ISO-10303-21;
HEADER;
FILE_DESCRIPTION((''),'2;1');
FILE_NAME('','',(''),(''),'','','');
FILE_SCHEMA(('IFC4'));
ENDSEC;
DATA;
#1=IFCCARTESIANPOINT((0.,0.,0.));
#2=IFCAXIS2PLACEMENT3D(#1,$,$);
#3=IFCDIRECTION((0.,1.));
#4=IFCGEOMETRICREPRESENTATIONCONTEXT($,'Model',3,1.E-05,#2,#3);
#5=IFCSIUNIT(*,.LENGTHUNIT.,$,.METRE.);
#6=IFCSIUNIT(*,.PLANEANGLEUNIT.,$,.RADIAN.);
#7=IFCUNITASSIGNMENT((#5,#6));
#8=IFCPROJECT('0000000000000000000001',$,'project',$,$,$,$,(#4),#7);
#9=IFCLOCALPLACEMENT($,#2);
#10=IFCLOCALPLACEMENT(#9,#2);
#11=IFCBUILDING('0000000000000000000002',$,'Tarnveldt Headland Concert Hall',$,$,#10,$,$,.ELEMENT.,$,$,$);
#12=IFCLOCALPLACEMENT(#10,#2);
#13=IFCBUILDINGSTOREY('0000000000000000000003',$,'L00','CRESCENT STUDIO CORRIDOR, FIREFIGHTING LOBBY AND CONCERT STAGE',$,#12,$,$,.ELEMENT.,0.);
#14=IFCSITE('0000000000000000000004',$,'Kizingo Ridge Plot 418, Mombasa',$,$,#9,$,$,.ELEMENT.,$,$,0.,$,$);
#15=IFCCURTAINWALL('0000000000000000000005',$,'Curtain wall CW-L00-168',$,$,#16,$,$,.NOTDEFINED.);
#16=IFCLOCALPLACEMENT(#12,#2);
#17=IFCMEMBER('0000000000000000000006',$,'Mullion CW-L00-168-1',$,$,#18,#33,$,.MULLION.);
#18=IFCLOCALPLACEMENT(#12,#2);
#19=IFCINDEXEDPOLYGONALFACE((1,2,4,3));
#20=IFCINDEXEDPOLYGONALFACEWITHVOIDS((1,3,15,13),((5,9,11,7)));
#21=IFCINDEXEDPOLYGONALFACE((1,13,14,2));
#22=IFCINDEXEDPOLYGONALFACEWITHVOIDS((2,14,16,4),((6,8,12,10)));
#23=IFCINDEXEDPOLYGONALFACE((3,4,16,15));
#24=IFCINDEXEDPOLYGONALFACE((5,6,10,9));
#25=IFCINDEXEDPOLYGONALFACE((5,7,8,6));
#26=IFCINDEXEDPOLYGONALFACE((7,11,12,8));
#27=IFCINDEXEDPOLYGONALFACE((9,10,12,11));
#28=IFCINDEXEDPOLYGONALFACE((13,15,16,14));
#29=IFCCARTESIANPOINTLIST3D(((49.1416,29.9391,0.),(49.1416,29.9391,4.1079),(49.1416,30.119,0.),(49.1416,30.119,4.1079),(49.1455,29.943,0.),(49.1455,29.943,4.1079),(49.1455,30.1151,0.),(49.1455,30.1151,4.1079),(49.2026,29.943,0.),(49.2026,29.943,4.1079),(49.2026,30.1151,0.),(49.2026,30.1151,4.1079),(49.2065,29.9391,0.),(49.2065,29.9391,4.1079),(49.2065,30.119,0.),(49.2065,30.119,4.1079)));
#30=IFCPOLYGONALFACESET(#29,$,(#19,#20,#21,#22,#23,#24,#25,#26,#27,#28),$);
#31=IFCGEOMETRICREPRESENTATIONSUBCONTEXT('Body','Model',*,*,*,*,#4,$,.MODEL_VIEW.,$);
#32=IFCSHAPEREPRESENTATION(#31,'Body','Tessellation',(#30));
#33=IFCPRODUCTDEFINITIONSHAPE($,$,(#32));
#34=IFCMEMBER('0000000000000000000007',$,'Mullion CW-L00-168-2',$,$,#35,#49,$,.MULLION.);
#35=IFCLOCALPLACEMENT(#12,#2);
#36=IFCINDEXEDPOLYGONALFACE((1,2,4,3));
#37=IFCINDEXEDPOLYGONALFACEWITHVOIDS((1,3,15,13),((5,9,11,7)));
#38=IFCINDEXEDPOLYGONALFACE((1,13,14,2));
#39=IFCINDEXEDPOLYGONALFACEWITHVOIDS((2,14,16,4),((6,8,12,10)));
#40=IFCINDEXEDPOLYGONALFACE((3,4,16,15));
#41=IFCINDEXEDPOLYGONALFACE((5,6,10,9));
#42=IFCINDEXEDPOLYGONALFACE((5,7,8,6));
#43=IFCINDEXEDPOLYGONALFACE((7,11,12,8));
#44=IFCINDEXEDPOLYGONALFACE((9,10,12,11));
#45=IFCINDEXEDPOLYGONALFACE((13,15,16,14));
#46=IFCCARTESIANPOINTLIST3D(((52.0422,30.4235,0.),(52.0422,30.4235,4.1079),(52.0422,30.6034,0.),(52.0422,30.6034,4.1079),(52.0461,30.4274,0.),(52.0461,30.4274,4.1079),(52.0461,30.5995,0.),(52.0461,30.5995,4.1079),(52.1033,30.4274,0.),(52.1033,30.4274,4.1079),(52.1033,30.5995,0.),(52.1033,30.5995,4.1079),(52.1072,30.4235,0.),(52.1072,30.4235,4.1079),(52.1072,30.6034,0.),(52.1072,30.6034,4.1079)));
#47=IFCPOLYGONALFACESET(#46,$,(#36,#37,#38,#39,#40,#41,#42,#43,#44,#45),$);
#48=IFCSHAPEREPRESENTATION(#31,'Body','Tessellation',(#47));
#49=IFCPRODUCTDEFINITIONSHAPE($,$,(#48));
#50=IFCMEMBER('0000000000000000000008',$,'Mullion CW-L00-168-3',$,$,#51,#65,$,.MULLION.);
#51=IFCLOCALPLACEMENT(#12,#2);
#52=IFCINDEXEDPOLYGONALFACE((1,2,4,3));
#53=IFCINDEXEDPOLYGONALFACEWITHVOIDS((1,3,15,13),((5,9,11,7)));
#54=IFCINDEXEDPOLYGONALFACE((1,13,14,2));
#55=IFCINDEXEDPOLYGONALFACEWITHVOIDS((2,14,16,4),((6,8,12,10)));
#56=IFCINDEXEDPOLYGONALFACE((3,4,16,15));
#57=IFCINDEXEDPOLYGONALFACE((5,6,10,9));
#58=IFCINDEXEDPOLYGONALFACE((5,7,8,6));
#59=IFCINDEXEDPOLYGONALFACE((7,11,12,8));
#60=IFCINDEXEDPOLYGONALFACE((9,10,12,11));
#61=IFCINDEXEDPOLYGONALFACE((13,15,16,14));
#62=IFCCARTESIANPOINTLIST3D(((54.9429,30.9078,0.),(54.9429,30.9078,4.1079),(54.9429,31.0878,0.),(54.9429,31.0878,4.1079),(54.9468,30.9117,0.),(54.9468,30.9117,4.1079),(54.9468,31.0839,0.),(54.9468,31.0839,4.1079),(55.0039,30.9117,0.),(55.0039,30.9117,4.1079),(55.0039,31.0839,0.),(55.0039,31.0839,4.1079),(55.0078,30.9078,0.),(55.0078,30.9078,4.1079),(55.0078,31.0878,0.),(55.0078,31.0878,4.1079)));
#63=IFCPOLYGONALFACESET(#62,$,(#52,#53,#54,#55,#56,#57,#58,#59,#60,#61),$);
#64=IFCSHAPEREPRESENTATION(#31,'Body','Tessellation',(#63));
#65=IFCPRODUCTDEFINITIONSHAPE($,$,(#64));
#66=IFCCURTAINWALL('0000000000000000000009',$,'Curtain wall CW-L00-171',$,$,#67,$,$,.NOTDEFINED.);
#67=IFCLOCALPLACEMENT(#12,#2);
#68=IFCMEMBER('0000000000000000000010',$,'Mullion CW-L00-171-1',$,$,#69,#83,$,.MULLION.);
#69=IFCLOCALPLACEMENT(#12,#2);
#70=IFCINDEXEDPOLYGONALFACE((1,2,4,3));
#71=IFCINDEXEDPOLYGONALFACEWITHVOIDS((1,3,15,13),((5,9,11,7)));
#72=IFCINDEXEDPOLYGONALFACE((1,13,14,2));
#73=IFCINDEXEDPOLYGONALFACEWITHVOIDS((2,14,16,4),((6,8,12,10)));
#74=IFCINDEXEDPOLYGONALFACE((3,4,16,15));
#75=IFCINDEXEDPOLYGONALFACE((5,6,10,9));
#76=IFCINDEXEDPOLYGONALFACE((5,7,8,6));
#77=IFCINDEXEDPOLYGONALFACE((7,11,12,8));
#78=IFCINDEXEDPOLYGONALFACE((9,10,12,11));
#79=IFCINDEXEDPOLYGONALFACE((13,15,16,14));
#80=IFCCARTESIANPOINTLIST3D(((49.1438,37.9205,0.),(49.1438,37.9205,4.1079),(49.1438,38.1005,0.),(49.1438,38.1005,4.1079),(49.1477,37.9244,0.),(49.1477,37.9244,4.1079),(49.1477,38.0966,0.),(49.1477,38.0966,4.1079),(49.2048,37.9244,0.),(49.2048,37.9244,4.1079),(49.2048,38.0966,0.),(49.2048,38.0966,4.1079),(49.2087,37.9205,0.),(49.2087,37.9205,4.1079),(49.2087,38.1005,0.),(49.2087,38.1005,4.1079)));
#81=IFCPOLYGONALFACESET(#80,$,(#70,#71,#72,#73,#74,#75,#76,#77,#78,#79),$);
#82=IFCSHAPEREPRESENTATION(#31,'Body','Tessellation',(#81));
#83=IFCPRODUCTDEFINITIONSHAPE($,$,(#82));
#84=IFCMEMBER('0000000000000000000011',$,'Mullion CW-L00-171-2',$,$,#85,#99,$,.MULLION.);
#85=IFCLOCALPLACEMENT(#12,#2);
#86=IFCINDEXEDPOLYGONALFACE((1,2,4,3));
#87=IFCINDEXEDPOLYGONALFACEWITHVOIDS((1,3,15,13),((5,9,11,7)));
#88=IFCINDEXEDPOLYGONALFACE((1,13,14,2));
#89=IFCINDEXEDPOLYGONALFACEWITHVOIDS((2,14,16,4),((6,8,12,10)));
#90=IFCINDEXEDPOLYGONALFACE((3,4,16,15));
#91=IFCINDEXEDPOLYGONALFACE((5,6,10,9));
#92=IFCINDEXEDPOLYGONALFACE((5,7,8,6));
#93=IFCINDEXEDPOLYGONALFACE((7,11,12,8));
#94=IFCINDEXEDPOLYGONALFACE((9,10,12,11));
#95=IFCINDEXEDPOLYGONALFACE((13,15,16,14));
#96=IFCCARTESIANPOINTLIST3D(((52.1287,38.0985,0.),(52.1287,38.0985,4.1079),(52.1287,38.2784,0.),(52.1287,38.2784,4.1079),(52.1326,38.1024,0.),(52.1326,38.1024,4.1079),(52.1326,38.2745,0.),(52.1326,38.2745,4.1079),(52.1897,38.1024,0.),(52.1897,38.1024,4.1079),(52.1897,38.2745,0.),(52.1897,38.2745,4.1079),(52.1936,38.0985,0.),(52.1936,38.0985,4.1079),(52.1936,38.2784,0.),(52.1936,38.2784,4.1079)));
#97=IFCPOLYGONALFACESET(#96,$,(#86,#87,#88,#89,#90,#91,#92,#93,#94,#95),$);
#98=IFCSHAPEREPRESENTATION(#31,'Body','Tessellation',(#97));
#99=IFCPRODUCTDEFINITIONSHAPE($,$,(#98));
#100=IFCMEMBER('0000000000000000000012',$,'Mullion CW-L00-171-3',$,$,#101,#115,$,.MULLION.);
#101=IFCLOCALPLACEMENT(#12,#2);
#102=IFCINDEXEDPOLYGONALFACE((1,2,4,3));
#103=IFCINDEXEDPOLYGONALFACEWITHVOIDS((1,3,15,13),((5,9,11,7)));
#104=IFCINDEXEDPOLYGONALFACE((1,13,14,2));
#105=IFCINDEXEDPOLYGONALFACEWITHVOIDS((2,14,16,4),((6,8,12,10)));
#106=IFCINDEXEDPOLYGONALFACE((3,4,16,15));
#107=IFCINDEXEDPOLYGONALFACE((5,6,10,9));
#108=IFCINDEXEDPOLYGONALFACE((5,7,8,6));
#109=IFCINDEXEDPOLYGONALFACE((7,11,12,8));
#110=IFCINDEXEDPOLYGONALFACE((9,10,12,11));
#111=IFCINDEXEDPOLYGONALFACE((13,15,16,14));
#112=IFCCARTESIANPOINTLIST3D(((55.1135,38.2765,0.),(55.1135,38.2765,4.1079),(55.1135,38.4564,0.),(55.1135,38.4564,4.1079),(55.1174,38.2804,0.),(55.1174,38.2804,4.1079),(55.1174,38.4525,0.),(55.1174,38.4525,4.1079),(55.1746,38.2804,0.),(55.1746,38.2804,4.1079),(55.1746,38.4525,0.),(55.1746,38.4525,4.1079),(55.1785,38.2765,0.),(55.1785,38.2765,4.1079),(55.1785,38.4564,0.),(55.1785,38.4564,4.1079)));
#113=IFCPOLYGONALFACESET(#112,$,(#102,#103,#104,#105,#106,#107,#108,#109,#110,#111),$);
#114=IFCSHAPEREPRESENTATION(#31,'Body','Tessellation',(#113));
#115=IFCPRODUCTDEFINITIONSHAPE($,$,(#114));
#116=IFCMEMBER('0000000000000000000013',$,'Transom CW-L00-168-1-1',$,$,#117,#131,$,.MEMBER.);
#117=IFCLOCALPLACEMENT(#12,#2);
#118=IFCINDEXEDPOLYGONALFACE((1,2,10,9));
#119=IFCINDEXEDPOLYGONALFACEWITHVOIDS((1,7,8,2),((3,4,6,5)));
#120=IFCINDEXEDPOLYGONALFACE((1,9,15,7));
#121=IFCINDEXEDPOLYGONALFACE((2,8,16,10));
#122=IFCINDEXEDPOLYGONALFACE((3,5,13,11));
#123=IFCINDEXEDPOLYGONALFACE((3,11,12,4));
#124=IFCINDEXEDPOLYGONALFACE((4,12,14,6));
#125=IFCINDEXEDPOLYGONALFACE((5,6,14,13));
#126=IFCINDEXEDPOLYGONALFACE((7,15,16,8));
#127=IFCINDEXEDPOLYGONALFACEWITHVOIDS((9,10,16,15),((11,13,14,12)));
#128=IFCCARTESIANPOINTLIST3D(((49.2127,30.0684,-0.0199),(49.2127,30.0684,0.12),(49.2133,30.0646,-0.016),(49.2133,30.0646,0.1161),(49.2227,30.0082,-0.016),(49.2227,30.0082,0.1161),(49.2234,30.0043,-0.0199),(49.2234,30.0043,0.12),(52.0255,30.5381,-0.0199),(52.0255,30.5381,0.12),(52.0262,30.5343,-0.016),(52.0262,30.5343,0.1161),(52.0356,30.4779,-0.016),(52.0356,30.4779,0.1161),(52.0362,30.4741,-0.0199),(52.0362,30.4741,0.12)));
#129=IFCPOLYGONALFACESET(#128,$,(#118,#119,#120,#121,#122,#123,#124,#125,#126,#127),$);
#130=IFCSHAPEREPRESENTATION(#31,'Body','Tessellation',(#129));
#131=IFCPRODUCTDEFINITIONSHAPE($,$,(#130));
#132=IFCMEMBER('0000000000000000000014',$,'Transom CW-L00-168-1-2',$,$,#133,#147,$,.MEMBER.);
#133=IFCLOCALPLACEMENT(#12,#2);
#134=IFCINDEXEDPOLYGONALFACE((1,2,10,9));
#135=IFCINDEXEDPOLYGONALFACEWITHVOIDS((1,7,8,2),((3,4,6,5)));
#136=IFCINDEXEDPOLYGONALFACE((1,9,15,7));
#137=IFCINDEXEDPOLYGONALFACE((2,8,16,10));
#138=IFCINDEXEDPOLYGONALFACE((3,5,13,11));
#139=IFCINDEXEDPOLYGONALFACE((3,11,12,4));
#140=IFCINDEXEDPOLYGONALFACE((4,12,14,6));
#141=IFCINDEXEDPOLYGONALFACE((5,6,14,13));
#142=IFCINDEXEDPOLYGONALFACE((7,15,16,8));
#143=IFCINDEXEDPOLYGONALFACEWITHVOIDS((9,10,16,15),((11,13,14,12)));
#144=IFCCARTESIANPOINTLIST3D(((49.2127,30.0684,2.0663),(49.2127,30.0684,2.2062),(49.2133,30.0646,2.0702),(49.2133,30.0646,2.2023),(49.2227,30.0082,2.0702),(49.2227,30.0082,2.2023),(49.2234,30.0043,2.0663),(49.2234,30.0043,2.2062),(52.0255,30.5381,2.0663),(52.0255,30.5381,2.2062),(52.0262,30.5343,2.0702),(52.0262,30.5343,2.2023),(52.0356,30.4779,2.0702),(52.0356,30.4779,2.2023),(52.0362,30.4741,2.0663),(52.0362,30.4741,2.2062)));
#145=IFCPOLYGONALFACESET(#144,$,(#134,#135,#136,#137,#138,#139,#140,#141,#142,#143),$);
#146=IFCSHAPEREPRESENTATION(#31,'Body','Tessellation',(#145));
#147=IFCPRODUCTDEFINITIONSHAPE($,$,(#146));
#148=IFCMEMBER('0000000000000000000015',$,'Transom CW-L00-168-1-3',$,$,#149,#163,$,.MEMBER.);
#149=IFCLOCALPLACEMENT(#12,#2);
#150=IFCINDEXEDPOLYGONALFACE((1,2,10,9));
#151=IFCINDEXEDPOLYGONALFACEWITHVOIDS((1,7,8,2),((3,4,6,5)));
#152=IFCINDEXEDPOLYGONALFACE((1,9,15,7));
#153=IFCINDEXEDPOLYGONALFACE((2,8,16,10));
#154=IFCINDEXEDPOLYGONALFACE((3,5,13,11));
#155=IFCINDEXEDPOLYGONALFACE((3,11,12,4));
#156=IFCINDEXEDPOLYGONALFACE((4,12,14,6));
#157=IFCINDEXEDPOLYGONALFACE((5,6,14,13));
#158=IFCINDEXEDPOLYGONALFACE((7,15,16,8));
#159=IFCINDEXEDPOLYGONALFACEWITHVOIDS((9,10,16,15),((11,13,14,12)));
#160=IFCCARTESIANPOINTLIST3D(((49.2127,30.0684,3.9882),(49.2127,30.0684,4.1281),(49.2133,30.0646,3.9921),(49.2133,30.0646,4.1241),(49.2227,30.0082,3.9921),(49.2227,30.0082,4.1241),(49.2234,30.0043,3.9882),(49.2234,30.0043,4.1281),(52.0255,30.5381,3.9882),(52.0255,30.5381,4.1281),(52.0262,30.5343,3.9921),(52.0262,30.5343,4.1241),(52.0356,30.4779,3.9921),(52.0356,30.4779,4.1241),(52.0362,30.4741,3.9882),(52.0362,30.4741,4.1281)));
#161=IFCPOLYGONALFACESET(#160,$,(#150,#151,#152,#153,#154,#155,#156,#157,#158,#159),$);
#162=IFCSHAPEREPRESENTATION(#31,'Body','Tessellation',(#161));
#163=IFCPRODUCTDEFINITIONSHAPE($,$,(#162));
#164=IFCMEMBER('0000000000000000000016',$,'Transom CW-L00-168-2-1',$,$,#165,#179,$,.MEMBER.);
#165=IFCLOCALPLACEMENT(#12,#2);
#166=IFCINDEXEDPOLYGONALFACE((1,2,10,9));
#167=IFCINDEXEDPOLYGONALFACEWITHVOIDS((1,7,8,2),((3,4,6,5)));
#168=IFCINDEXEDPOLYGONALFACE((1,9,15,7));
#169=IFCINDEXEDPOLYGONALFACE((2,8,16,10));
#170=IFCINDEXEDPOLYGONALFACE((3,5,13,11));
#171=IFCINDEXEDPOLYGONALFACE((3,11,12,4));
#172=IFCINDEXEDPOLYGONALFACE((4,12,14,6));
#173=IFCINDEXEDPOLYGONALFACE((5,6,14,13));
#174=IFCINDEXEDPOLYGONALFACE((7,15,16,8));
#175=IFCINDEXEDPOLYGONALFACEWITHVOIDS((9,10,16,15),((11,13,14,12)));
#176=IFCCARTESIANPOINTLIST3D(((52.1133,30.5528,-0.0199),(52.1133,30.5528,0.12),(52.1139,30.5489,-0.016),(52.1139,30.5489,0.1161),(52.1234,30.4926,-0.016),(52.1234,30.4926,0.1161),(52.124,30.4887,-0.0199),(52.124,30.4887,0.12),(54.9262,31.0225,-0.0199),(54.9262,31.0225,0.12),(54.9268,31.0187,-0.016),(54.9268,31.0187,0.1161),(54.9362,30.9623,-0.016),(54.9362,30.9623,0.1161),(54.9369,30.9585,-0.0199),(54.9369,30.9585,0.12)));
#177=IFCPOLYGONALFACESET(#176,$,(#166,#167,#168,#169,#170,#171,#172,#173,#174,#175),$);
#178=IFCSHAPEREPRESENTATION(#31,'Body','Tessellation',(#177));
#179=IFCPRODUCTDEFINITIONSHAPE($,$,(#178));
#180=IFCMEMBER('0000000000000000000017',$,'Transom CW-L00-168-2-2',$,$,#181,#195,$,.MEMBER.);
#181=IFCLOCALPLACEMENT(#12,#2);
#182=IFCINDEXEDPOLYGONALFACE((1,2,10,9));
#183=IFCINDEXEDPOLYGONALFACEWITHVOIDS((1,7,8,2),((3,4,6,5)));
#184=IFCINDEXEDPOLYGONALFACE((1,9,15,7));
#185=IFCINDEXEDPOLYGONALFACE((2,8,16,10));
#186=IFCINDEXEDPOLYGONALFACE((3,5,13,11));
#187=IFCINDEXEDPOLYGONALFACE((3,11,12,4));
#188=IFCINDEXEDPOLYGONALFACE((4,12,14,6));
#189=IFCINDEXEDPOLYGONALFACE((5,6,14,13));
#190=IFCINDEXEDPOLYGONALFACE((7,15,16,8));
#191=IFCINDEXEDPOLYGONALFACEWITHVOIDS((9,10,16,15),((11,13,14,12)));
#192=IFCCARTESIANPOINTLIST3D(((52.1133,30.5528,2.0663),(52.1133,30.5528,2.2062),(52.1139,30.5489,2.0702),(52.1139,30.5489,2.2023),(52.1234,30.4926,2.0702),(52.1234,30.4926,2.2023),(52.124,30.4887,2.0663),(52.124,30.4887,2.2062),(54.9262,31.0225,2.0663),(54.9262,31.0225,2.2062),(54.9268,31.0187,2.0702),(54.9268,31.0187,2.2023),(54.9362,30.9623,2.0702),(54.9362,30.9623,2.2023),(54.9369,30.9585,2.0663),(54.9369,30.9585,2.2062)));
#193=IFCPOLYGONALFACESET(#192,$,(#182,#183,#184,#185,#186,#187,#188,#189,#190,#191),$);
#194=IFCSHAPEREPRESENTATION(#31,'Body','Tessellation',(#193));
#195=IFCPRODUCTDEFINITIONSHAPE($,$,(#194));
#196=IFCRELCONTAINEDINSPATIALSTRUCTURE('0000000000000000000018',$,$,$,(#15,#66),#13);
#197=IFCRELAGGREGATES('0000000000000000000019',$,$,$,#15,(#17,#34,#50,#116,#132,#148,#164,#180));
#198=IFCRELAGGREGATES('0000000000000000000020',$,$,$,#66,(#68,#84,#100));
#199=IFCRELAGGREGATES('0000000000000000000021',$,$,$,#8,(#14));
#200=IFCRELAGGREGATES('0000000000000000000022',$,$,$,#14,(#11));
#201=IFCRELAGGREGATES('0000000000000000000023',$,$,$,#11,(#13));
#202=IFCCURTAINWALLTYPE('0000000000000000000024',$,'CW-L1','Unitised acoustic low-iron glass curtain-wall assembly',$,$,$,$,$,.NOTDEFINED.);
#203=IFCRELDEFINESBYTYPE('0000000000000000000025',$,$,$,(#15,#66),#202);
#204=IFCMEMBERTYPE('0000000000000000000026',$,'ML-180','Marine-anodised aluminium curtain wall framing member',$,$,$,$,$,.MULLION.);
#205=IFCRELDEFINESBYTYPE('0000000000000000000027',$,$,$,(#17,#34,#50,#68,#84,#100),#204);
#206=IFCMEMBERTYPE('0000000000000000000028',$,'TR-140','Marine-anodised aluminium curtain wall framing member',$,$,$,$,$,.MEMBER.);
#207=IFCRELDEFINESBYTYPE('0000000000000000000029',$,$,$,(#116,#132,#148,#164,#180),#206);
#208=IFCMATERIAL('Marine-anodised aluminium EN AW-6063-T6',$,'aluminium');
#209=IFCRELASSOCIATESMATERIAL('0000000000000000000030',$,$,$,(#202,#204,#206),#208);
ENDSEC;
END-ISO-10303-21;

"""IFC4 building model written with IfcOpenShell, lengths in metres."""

from ifc_helpers import new_model, si_unit, direction, frame, origin, origin_2d, place, context, subcontext, project, spatial, hollow_rectangle, extrude, material, material_profile, profile_set, type_object, element, aggregate, save


model = new_model("IFC4")

# Units and contexts
model_context = context("Model", 3, precision=1e-05, world=origin(), true_north=direction((0.0, 1.0)))
body_context = subcontext(model_context, "Body", "Model", "MODEL_VIEW")
ifc_project = project(units=[si_unit("LENGTHUNIT", "METRE"), si_unit("PLANEANGLEUNIT", "RADIAN")], contexts=[model_context])

# Site, building, storey
site_placement = place(None, origin())
site = spatial("IfcSite", under=ifc_project, at=site_placement, Name="Kizingo Ridge Plot 418, Mombasa", CompositionType="ELEMENT", RefElevation=0.0)
building_placement = place(site_placement, origin())
building = spatial("IfcBuilding", under=site, at=building_placement, Name="Tarnveldt Headland Concert Hall", CompositionType="ELEMENT")
storey_placement = place(building_placement, origin())
storey = spatial("IfcBuildingStorey", under=building, at=storey_placement, Name="L00", Description="CRESCENT STUDIO CORRIDOR, FIREFIGHTING LOBBY AND CONCERT STAGE", CompositionType="ELEMENT", Elevation=0.0)

# Curtain walls, members
ifc_material_1 = material(Name="Marine-anodised aluminium EN AW-6063-T6", Category="aluminium")
curtain_wall_type = type_object("IfcCurtainWallType", Name="CW-L1", Description="Unitised acoustic low-iron glass curtain-wall assembly", PredefinedType="NOTDEFINED", material=ifc_material_1)
curtain_wall_1_placement = place(storey_placement, origin())
curtain_wall_1 = element("IfcCurtainWall", 1, at=curtain_wall_1_placement, inside=storey, type_object=curtain_wall_type, Name="Curtain wall CW-L00-168", PredefinedType="NOTDEFINED")
ifc_material_profile_1 = material_profile(ifc_material_1, hollow_rectangle(XDim=0.0649, YDim=0.1799, WallThickness=0.0039, at=origin_2d()), Name="ALU MULLION 65x180x4", Category="aluminium")
ifc_profile_set_1 = profile_set([ifc_material_profile_1], Name="Marine-anodised aluminium EN AW-6063-T6")
member_type_1 = type_object("IfcMemberType", Name="ML-180", Description="Marine-anodised aluminium curtain wall framing member", PredefinedType="MULLION", material=ifc_profile_set_1)
member_1_placement = place(storey_placement, frame((49.1741, 30.0291, 0.0), z_axis=(0.0, 0.0, 1.0), x_axis=(1.0, 0.0, 0.0)))
member_1 = element("IfcMember", 2, at=member_1_placement, type_object=member_type_1, Name="Mullion CW-L00-168-1", PredefinedType="MULLION", context=body_context, shape_type="SweptSolid", body=[
    extrude(hollow_rectangle(XDim=0.0649, YDim=0.1799, WallThickness=0.0039, at=origin_2d()), origin(), (0.0, 0.0, 1.0), 4.1079),
])
member_2_placement = place(storey_placement, frame((52.0747, 30.5134, 0.0), z_axis=(0.0, 0.0, 1.0), x_axis=(1.0, 0.0, 0.0)))
member_2 = element("IfcMember", 3, at=member_2_placement, type_object=member_type_1, Name="Mullion CW-L00-168-2", PredefinedType="MULLION", context=body_context, shape_type="SweptSolid", body=[
    extrude(hollow_rectangle(XDim=0.0649, YDim=0.1799, WallThickness=0.0039, at=origin_2d()), origin(), (0.0, 0.0, 1.0), 4.1079),
])
member_3_placement = place(storey_placement, frame((54.9753, 30.9978, 0.0), z_axis=(0.0, 0.0, 1.0), x_axis=(1.0, 0.0, 0.0)))
member_3 = element("IfcMember", 4, at=member_3_placement, type_object=member_type_1, Name="Mullion CW-L00-168-3", PredefinedType="MULLION", context=body_context, shape_type="SweptSolid", body=[
    extrude(hollow_rectangle(XDim=0.0649, YDim=0.1799, WallThickness=0.0039, at=origin_2d()), origin(), (0.0, 0.0, 1.0), 4.1079),
])
curtain_wall_2_placement = place(storey_placement, origin())
curtain_wall_2 = element("IfcCurtainWall", 5, at=curtain_wall_2_placement, inside=storey, type_object=curtain_wall_type, Name="Curtain wall CW-L00-171", PredefinedType="NOTDEFINED")
member_4_placement = place(storey_placement, frame((49.1763, 38.0105, 0.0), z_axis=(0.0, 0.0, 1.0), x_axis=(1.0, 0.0, 0.0)))
member_4 = element("IfcMember", 6, at=member_4_placement, type_object=member_type_1, Name="Mullion CW-L00-171-1", PredefinedType="MULLION", context=body_context, shape_type="SweptSolid", body=[
    extrude(hollow_rectangle(XDim=0.0649, YDim=0.1799, WallThickness=0.0039, at=origin_2d()), origin(), (0.0, 0.0, 1.0), 4.1079),
])
member_5_placement = place(storey_placement, frame((52.1611, 38.1885, 0.0), z_axis=(0.0, 0.0, 1.0), x_axis=(1.0, 0.0, 0.0)))
member_5 = element("IfcMember", 7, at=member_5_placement, type_object=member_type_1, Name="Mullion CW-L00-171-2", PredefinedType="MULLION", context=body_context, shape_type="SweptSolid", body=[
    extrude(hollow_rectangle(XDim=0.0649, YDim=0.1799, WallThickness=0.0039, at=origin_2d()), origin(), (0.0, 0.0, 1.0), 4.1079),
])
member_6_placement = place(storey_placement, frame((55.146, 38.3665, 0.0), z_axis=(0.0, 0.0, 1.0), x_axis=(1.0, 0.0, 0.0)))
member_6 = element("IfcMember", 8, at=member_6_placement, type_object=member_type_1, Name="Mullion CW-L00-171-3", PredefinedType="MULLION", context=body_context, shape_type="SweptSolid", body=[
    extrude(hollow_rectangle(XDim=0.0649, YDim=0.1799, WallThickness=0.0039, at=origin_2d()), origin(), (0.0, 0.0, 1.0), 4.1079),
])

# Members
ifc_material_profile_2 = material_profile(ifc_material_1, hollow_rectangle(XDim=0.0649, YDim=0.1399, WallThickness=0.0039, at=origin_2d()), Name="ALU TRANSOM 65x140x4", Category="aluminium")
ifc_profile_set_2 = profile_set([ifc_material_profile_2], Name="Marine-anodised aluminium EN AW-6063-T6")
member_type_2 = type_object("IfcMemberType", Name="TR-140", Description="Marine-anodised aluminium curtain wall framing member", PredefinedType="MEMBER", material=ifc_profile_set_2)
member_7_placement = place(storey_placement, frame((49.218, 30.0364, 0.05), z_axis=(0.986341, 0.164718, 0.0), x_axis=(-0.164718, 0.986341, 0.0)))
member_7 = element("IfcMember", 9, at=member_7_placement, type_object=member_type_2, Name="Transom CW-L00-168-1-1", PredefinedType="MEMBER", context=body_context, shape_type="SweptSolid", body=[
    extrude(hollow_rectangle(XDim=0.0649, YDim=0.1399, WallThickness=0.0039, at=origin_2d()), origin(), (0.0, 0.0, 1.0), 2.8518),
])
member_8_placement = place(storey_placement, frame((49.218, 30.0364, 2.1362), z_axis=(0.986341, 0.164718, 0.0), x_axis=(-0.164718, 0.986341, 0.0)))
member_8 = element("IfcMember", 10, at=member_8_placement, type_object=member_type_2, Name="Transom CW-L00-168-1-2", PredefinedType="MEMBER", context=body_context, shape_type="SweptSolid", body=[
    extrude(hollow_rectangle(XDim=0.0649, YDim=0.1399, WallThickness=0.0039, at=origin_2d()), origin(), (0.0, 0.0, 1.0), 2.8518),
])
member_9_placement = place(storey_placement, frame((49.218, 30.0364, 4.0581), z_axis=(0.986341, 0.164718, 0.0), x_axis=(-0.164718, 0.986341, 0.0)))
member_9 = element("IfcMember", 11, at=member_9_placement, type_object=member_type_2, Name="Transom CW-L00-168-1-3", PredefinedType="MEMBER", context=body_context, shape_type="SweptSolid", body=[
    extrude(hollow_rectangle(XDim=0.0649, YDim=0.1399, WallThickness=0.0039, at=origin_2d()), origin(), (0.0, 0.0, 1.0), 2.8518),
])
member_10_placement = place(storey_placement, frame((52.1187, 30.5208, 0.05), z_axis=(0.986341, 0.164718, 0.0), x_axis=(-0.164718, 0.986341, 0.0)))
member_10 = element("IfcMember", 12, at=member_10_placement, type_object=member_type_2, Name="Transom CW-L00-168-2-1", PredefinedType="MEMBER", context=body_context, shape_type="SweptSolid", body=[
    extrude(hollow_rectangle(XDim=0.0649, YDim=0.1399, WallThickness=0.0039, at=origin_2d()), origin(), (0.0, 0.0, 1.0), 2.8518),
])
member_11_placement = place(storey_placement, frame((52.1187, 30.5208, 2.1362), z_axis=(0.986341, 0.164718, 0.0), x_axis=(-0.164718, 0.986341, 0.0)))
member_11 = element("IfcMember", 13, at=member_11_placement, type_object=member_type_2, Name="Transom CW-L00-168-2-2", PredefinedType="MEMBER", context=body_context, shape_type="SweptSolid", body=[
    extrude(hollow_rectangle(XDim=0.0649, YDim=0.1399, WallThickness=0.0039, at=origin_2d()), origin(), (0.0, 0.0, 1.0), 2.8518),
])

aggregate(curtain_wall_1, [member_1, member_2, member_3, member_7, member_8, member_9, member_10, member_11])
aggregate(curtain_wall_2, [member_4, member_5, member_6])

save(model, "model.ifc")
